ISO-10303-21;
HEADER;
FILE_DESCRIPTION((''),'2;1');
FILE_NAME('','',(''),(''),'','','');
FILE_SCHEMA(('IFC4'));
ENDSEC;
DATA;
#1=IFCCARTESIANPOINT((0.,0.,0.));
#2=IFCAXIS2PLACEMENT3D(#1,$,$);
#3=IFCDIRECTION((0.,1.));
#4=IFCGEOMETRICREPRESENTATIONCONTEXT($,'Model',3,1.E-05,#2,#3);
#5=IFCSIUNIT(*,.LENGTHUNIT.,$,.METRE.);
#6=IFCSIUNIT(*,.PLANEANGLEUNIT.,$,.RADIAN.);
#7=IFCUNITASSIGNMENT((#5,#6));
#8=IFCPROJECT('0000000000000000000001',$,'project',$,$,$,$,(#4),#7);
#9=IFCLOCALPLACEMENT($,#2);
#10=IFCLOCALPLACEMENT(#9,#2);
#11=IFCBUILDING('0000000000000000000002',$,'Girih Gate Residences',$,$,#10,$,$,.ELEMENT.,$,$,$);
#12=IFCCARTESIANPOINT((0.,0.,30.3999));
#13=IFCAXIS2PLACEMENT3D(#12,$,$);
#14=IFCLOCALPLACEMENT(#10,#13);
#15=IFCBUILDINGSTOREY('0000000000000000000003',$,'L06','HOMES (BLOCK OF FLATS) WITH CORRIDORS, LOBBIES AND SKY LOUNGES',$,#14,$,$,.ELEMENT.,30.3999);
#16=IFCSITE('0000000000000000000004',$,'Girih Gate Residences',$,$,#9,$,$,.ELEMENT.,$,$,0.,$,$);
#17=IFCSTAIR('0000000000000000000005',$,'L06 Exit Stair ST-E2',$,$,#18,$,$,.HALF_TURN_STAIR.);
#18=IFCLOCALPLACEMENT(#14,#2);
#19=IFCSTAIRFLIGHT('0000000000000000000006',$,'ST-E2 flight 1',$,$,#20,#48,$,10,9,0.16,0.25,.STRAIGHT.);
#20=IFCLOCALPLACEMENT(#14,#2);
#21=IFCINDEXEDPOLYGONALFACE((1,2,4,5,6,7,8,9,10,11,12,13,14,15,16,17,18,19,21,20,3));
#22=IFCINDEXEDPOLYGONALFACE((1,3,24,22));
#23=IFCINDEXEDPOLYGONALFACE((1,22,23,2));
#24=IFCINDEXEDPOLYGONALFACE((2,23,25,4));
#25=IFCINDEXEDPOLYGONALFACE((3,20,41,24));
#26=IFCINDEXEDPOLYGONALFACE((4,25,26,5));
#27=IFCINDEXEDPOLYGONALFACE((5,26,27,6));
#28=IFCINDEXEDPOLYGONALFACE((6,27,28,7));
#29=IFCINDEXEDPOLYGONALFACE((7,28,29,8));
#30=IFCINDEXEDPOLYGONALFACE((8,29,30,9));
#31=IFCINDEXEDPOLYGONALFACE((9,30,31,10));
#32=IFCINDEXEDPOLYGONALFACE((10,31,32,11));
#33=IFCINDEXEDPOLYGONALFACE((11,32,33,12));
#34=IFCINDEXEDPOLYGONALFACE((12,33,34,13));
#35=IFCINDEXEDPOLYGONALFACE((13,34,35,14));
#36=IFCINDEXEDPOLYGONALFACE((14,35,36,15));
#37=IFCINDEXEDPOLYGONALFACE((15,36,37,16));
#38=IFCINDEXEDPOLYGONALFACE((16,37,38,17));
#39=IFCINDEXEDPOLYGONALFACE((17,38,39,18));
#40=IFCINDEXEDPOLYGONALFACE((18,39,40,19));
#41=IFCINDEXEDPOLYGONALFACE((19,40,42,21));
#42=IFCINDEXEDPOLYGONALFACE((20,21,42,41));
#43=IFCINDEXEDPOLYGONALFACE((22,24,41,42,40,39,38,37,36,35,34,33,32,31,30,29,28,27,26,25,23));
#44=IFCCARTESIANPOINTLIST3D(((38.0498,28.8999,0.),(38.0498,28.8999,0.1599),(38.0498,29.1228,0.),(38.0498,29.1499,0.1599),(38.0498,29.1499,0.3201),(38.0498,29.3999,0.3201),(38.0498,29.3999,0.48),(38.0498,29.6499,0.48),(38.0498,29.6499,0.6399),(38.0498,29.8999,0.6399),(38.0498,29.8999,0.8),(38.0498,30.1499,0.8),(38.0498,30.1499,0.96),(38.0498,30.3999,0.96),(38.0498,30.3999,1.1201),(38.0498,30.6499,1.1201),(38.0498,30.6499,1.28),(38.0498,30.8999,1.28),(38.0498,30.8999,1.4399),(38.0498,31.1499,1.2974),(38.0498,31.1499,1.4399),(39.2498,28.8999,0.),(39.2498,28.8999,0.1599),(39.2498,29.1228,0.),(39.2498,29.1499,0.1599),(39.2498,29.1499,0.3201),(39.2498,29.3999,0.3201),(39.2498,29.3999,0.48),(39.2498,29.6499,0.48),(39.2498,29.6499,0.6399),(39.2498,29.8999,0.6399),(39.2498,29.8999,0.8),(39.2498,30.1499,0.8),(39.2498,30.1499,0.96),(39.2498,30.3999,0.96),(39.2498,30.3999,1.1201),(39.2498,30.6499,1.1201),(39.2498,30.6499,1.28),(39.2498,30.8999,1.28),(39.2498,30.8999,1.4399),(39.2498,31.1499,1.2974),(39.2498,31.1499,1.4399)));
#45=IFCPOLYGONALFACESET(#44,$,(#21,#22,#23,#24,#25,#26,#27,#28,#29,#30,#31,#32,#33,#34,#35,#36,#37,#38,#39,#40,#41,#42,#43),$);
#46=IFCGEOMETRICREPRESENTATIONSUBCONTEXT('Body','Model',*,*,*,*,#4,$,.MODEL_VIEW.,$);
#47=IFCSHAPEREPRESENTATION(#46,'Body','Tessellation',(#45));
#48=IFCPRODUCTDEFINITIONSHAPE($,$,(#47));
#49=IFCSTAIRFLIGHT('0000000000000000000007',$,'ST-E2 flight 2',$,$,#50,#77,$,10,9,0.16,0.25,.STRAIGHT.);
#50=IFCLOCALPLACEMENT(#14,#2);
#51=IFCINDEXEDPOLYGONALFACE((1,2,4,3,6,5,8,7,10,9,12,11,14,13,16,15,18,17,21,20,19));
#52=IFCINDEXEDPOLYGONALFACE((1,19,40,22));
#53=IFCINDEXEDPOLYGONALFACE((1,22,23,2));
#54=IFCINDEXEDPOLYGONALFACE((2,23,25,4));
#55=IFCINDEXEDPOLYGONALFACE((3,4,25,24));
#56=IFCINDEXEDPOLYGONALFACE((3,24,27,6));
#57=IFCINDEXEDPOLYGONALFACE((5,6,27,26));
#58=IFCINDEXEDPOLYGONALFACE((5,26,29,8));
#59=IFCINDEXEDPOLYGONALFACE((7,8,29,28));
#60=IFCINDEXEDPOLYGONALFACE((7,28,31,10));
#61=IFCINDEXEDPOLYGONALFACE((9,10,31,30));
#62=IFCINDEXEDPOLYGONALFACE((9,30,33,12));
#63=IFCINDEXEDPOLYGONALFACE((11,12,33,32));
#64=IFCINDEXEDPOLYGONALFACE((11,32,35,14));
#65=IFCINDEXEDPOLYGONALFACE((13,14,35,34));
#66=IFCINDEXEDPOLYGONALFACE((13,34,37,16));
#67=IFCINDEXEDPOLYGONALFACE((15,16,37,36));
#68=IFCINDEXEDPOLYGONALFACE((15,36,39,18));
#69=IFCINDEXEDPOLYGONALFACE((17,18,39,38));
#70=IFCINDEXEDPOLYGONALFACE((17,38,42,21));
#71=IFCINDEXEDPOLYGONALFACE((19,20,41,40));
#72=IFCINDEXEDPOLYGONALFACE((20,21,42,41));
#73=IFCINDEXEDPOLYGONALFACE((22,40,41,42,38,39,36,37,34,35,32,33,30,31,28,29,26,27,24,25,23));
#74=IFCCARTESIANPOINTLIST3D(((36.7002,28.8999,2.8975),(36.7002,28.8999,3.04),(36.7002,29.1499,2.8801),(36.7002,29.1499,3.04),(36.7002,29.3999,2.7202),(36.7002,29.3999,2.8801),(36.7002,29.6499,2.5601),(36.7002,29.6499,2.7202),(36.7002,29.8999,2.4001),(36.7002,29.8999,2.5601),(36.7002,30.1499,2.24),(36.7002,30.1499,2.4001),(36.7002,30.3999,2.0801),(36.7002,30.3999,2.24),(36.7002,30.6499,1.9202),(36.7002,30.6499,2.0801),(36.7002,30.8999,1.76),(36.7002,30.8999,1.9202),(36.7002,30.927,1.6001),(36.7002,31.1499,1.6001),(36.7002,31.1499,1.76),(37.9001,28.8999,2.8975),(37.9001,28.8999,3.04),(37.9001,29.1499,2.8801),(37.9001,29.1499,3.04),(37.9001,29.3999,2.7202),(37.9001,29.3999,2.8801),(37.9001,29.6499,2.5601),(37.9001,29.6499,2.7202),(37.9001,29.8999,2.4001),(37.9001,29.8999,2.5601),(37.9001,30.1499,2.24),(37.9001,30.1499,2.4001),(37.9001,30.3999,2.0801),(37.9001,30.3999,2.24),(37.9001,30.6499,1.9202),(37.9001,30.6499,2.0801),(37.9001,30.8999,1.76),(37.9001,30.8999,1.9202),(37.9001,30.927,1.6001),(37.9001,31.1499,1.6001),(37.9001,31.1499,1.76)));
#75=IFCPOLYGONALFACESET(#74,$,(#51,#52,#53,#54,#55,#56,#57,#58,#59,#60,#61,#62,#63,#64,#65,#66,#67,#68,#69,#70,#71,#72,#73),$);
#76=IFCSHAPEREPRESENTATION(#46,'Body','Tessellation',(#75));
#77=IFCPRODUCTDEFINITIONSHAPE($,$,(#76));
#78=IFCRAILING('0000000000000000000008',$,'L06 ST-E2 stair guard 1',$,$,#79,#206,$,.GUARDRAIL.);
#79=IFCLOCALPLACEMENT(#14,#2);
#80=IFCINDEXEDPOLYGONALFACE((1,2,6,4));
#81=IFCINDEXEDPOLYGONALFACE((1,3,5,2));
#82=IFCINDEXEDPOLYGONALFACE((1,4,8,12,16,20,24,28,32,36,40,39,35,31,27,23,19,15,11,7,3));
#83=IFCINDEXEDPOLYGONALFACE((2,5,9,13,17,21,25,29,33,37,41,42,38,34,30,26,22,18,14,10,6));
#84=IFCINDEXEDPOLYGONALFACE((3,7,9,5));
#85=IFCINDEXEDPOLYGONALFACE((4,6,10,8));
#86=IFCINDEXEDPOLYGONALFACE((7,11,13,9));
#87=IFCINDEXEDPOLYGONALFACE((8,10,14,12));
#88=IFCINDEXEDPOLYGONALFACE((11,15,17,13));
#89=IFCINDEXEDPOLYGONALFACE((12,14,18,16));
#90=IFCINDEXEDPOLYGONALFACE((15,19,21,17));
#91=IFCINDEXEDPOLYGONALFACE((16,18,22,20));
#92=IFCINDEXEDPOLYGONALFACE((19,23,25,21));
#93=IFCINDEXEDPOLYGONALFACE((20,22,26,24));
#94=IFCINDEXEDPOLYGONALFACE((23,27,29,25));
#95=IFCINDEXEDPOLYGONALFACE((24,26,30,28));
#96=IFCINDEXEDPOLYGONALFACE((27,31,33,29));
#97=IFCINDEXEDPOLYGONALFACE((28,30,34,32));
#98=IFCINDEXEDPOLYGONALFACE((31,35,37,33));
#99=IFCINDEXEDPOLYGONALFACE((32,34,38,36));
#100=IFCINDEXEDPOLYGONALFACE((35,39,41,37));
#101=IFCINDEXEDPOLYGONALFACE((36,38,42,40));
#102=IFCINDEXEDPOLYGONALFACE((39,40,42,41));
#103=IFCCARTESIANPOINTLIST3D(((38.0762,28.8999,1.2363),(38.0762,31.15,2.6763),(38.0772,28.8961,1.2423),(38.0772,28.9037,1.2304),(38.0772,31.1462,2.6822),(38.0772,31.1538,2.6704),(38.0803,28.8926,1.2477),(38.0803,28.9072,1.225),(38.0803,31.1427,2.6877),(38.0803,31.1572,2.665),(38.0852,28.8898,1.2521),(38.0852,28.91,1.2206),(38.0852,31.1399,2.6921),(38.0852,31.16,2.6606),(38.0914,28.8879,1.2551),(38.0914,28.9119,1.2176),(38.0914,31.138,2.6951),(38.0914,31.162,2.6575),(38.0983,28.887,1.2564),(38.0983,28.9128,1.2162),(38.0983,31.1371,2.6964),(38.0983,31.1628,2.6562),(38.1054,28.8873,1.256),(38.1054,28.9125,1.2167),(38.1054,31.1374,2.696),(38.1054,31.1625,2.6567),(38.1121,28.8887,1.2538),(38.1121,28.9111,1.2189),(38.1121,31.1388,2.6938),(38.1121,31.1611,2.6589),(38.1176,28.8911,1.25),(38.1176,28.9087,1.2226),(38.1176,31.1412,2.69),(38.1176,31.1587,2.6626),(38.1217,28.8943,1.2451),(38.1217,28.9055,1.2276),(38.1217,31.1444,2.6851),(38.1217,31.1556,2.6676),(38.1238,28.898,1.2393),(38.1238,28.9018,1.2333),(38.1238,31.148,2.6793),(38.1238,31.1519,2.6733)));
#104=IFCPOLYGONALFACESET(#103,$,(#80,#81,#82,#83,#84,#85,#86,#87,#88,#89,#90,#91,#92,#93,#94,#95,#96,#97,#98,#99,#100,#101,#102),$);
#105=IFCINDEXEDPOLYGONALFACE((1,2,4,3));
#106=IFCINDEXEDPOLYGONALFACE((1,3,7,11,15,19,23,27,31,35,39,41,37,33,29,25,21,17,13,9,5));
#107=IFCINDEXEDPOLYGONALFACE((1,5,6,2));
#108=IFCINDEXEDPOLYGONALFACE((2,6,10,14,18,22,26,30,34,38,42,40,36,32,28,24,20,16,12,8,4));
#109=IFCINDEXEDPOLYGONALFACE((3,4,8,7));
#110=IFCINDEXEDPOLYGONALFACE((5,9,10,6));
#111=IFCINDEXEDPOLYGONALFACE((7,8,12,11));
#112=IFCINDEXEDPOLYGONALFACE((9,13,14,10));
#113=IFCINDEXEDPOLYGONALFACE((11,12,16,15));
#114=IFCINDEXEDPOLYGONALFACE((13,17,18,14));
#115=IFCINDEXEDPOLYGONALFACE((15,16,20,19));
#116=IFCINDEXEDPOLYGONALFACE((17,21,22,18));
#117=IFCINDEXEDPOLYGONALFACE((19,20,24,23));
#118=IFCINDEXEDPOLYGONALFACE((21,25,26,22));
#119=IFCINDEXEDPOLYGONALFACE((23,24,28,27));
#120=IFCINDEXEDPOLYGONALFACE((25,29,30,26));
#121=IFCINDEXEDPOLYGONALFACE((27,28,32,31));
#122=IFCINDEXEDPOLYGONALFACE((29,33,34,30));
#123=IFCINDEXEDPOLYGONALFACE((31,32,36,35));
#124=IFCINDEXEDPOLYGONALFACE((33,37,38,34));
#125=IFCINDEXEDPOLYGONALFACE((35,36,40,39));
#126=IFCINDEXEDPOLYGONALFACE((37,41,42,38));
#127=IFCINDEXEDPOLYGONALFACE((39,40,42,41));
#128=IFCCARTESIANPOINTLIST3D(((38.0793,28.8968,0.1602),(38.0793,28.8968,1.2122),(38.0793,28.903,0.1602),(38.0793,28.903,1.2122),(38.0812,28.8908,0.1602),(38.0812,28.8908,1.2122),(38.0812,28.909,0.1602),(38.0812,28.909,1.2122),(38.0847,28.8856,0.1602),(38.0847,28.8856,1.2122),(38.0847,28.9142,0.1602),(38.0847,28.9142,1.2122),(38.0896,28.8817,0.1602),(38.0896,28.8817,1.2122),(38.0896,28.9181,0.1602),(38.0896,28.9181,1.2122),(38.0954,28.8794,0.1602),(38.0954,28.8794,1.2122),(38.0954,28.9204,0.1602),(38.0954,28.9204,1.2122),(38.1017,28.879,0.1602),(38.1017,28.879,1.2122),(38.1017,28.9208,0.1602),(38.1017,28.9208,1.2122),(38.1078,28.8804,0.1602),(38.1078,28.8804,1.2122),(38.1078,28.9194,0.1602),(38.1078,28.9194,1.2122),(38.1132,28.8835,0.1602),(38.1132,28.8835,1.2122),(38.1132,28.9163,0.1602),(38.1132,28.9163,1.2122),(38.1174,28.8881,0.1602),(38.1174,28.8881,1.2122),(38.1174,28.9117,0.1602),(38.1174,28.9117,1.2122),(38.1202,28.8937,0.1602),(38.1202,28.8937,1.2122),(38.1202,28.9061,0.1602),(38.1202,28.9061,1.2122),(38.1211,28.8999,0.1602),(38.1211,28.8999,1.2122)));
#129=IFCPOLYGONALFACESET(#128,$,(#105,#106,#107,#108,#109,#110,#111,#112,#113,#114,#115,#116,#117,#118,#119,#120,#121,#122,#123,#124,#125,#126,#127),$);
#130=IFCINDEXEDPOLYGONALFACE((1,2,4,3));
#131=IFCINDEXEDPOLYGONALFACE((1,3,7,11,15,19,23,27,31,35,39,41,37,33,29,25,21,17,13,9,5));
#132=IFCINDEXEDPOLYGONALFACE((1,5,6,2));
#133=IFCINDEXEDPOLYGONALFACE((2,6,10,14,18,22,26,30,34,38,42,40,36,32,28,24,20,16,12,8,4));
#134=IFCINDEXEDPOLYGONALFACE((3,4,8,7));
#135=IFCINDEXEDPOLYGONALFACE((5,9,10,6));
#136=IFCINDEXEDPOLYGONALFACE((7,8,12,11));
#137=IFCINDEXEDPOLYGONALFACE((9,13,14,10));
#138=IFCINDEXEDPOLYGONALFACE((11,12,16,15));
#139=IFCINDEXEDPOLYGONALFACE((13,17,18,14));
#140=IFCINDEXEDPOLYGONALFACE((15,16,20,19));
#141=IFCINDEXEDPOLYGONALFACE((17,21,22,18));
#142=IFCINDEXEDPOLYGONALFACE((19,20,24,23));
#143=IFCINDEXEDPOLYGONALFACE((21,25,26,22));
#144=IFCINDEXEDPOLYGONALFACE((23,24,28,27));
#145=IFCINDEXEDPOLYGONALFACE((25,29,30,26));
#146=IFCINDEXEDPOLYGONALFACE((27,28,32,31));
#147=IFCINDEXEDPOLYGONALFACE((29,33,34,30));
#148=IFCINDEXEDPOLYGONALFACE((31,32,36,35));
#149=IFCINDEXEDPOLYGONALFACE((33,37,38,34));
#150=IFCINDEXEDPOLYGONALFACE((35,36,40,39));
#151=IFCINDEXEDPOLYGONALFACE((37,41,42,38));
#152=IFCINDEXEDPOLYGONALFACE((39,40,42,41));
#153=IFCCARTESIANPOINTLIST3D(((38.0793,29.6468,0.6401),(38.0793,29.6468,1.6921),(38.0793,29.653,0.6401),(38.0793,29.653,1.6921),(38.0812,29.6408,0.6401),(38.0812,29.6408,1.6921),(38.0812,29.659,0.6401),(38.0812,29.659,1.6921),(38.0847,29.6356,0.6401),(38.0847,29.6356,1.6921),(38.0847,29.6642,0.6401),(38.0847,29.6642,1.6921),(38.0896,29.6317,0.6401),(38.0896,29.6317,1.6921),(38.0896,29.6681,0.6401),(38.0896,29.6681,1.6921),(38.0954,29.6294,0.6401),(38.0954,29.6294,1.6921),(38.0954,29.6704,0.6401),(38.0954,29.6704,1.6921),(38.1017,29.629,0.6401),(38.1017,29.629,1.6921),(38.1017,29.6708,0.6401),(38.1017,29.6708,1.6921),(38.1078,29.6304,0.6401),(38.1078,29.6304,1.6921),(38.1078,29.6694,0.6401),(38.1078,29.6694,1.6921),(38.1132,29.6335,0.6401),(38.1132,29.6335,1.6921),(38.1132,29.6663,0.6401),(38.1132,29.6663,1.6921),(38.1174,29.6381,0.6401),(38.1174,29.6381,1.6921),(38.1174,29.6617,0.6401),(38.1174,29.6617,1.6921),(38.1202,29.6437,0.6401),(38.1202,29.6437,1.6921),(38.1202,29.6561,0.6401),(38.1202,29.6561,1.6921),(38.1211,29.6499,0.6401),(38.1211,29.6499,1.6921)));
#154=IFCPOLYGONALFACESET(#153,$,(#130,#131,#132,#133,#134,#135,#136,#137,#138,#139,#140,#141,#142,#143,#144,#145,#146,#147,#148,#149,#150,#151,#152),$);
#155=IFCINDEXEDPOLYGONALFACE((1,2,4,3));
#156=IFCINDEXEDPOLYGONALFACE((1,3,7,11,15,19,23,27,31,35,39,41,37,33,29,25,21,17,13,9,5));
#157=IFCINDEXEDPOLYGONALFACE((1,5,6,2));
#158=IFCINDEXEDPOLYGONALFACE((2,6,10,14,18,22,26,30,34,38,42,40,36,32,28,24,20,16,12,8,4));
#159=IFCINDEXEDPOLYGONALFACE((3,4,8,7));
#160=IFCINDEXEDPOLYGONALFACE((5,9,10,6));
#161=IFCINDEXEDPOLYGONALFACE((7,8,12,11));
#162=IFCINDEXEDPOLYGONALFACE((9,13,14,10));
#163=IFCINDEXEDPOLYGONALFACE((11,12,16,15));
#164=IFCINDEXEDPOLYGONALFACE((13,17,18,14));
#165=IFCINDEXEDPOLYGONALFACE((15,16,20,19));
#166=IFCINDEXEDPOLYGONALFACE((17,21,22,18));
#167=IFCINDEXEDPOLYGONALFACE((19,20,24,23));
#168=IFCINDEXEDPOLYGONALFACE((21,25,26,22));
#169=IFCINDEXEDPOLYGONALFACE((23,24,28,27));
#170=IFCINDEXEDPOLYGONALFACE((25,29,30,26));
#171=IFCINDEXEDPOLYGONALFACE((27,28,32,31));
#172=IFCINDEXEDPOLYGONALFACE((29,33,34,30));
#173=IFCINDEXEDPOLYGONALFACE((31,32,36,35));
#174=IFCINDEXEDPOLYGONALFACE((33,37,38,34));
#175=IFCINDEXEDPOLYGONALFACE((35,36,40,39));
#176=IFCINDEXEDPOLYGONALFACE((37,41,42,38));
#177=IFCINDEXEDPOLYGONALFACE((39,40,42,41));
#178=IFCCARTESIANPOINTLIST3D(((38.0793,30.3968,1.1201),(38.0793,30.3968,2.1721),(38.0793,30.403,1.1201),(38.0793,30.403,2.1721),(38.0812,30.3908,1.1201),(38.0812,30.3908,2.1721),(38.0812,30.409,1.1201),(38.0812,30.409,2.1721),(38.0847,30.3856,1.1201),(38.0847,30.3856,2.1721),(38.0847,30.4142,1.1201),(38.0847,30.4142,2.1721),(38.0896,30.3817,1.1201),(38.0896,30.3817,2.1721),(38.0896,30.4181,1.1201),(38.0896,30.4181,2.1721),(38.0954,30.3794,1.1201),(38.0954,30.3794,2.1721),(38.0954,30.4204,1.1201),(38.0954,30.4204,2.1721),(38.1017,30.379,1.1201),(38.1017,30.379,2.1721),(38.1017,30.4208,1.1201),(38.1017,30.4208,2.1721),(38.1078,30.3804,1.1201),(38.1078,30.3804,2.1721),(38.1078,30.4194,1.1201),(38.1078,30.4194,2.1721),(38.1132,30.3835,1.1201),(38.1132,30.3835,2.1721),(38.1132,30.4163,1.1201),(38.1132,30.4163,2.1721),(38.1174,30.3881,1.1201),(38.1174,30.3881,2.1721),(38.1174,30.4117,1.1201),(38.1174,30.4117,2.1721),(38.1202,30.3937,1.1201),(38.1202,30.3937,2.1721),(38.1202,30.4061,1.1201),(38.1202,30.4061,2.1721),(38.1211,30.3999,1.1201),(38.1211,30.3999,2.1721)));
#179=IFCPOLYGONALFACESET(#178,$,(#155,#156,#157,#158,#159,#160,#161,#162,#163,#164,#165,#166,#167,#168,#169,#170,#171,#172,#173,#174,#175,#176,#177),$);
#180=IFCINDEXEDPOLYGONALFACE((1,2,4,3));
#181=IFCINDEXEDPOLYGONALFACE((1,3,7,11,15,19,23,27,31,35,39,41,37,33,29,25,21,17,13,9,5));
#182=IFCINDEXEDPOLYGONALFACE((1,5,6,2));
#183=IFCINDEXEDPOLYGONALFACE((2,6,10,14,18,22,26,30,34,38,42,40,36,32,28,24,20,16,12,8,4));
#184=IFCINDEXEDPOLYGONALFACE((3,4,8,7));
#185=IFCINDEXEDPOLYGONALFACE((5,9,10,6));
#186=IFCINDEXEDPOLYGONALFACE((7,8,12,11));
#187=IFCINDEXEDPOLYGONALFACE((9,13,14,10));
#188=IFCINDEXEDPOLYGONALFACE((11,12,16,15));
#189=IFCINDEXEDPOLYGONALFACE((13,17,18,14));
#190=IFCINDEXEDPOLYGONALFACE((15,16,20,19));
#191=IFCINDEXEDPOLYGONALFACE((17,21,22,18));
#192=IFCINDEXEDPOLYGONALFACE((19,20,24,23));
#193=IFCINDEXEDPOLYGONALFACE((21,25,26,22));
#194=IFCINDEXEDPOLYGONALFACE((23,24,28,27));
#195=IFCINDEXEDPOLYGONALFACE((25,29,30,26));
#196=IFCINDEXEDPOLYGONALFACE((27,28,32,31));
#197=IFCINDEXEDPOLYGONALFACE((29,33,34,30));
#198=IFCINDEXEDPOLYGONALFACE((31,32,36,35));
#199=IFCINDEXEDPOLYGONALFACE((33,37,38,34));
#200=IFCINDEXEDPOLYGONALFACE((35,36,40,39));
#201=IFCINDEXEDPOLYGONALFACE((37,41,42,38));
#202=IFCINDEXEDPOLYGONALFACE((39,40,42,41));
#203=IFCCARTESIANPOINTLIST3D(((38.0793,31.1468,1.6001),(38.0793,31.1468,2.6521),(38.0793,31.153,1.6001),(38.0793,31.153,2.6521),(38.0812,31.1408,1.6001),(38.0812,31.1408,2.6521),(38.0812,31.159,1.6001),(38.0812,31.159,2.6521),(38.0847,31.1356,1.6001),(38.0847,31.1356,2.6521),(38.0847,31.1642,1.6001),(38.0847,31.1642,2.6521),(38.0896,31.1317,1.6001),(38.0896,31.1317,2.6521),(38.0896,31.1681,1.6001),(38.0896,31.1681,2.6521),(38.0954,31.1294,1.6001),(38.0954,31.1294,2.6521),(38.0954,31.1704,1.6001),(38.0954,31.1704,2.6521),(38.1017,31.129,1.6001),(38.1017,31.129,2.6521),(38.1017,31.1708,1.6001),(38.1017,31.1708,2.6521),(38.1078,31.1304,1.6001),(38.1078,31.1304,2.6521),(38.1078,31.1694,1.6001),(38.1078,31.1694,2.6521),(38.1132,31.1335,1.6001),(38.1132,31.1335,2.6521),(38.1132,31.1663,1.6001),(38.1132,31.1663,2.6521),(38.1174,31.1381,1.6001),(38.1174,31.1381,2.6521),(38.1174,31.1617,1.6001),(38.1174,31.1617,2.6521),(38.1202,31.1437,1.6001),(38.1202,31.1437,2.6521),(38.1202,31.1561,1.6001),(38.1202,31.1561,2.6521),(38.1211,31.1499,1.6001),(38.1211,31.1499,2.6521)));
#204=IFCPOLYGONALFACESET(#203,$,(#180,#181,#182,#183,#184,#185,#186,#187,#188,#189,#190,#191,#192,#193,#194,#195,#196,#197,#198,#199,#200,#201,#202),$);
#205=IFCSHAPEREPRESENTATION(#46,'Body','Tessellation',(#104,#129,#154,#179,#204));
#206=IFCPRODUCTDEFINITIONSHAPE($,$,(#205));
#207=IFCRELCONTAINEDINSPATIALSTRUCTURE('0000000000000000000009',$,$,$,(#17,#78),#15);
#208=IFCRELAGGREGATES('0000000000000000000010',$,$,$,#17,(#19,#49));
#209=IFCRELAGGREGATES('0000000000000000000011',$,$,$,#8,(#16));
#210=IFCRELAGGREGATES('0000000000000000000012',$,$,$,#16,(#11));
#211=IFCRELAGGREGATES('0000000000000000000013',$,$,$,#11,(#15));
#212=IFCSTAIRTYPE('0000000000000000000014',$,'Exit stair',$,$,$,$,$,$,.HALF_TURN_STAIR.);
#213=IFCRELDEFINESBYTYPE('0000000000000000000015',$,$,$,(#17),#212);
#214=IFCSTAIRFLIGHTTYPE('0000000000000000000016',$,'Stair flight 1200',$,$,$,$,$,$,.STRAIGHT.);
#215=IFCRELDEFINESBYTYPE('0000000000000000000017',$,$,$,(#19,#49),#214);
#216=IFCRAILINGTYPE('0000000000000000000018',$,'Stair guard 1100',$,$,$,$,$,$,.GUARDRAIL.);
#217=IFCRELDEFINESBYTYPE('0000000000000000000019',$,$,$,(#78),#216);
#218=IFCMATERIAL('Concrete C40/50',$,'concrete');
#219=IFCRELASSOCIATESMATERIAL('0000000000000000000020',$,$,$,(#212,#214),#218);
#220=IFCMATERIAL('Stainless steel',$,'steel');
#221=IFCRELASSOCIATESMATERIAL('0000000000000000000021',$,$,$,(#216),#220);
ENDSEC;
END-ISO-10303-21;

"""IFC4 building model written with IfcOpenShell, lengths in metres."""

from ifc_helpers import new_model, si_unit, direction, frame, origin, origin_2d, place, context, subcontext, project, spatial, polyline, circle, outline, extrude, material, type_object, element, aggregate, save


model = new_model("IFC4")

# Units and contexts
model_context = context("Model", 3, precision=1e-05, world=origin(), true_north=direction((0.0, 1.0)))
body_context = subcontext(model_context, "Body", "Model", "MODEL_VIEW")
ifc_project = project(units=[si_unit("LENGTHUNIT", "METRE"), si_unit("PLANEANGLEUNIT", "RADIAN")], contexts=[model_context])

# Site, building, storey
site_placement = place(None, origin())
site = spatial("IfcSite", under=ifc_project, at=site_placement, Name="Girih Gate Residences", CompositionType="ELEMENT", RefElevation=0.0)
building_placement = place(site_placement, origin())
building = spatial("IfcBuilding", under=site, at=building_placement, Name="Girih Gate Residences", CompositionType="ELEMENT")
storey_placement = place(building_placement, frame((0.0, 0.0, 30.3999)))
storey = spatial("IfcBuildingStorey", under=building, at=storey_placement, Name="L06", Description="HOMES (BLOCK OF FLATS) WITH CORRIDORS, LOBBIES AND SKY LOUNGES", CompositionType="ELEMENT", Elevation=30.3999)

# Shared definitions
ifc_material_1 = material(Name="Concrete C40/50", Category="concrete")

# Shared definitions
ifc_material_2 = material(Name="Stainless steel", Category="steel")

# Stair, stair flights
stair_type = type_object("IfcStairType", Name="Exit stair", PredefinedType="HALF_TURN_STAIR", material=ifc_material_1)
stair_placement = place(storey_placement, origin())
stair = element("IfcStair", 1, at=stair_placement, inside=storey, type_object=stair_type, Name="L06 Exit Stair ST-E2", PredefinedType="HALF_TURN_STAIR")
stair_flight_type = type_object("IfcStairFlightType", Name="Stair flight 1200", PredefinedType="STRAIGHT", material=ifc_material_1)
stair_flight_1_placement = place(storey_placement, frame((38.6499, 28.8999, 0.0), z_axis=(0.0, 0.0, 1.0), x_axis=(0.0, 1.0, 0.0)))
stair_flight_1 = element("IfcStairFlight", 2, at=stair_flight_1_placement, type_object=stair_flight_type, Name="ST-E2 flight 1", NumberOfRisers=10, NumberOfTreads=9, PredefinedType="STRAIGHT", RiserHeight=0.16, TreadLength=0.25, context=body_context, shape_type="SweptSolid", body=[
    extrude(outline(polyline([(0.0, 0.0), (0.0, 0.1599), (0.25, 0.1599), (0.25, 0.3201), (0.5, 0.3201), (0.5, 0.48), (0.75, 0.48), (0.75, 0.6399), (1.0, 0.6399), (1.0, 0.8), (1.25, 0.8), (1.25, 0.96), (1.5, 0.96), (1.5, 1.1201), (1.75, 1.1201), (1.75, 1.28), (2.0, 1.28), (2.0, 1.4399), (2.25, 1.4399), (2.25, 1.6001), (2.25, 1.2974), (0.2229, 0.0), (0.0, 0.0)])), frame((0.0, 0.6001, 0.0), z_axis=(0.0, -1.0, 0.0), x_axis=(1.0, 0.0, 0.0)), (0.0, 0.0, 1.0), 1.2),
])
stair_flight_2_placement = place(storey_placement, frame((37.3, 31.1499, 1.6001), z_axis=(0.0, 0.0, 1.0), x_axis=(0.0, -1.0, 0.0)))
stair_flight_2 = element("IfcStairFlight", 3, at=stair_flight_2_placement, type_object=stair_flight_type, Name="ST-E2 flight 2", NumberOfRisers=10, NumberOfTreads=9, PredefinedType="STRAIGHT", RiserHeight=0.16, TreadLength=0.25, context=body_context, shape_type="SweptSolid", body=[
    extrude(outline(polyline([(0.0, 0.0), (0.0, 0.1599), (0.25, 0.1599), (0.25, 0.3201), (0.5, 0.3201), (0.5, 0.48), (0.75, 0.48), (0.75, 0.6399), (1.0, 0.6399), (1.0, 0.8), (1.25, 0.8), (1.25, 0.96), (1.5, 0.96), (1.5, 1.1201), (1.75, 1.1201), (1.75, 1.28), (2.0, 1.28), (2.0, 1.4399), (2.25, 1.4399), (2.25, 1.6001), (2.25, 1.2974), (0.2229, 0.0), (0.0, 0.0)])), frame((0.0, 0.6001, 0.0), z_axis=(0.0, -1.0, 0.0), x_axis=(1.0, 0.0, 0.0)), (0.0, 0.0, 1.0), 1.2),
])
aggregate(stair, [stair_flight_1, stair_flight_2])

# Railing
railing_type_1 = type_object("IfcRailingType", Name="Stair guard 1100", PredefinedType="GUARDRAIL", material=ifc_material_2)
railing_1_placement = place(storey_placement, frame((38.1001, 28.8999, 0.1602)))
element("IfcRailing", 4, at=railing_1_placement, inside=storey, type_object=railing_type_1, Name="L06 ST-E2 stair guard 1", PredefinedType="GUARDRAIL", context=body_context, shape_type="SweptSolid", body=[
    extrude(circle(Radius=0.0239, at=origin_2d()), frame((0.0, 0.0, 1.0762), z_axis=(0.0, 0.842281, 0.539038), x_axis=(-1.0, 0.0, 0.0)), (0.0, 0.0, 1.0), 2.6714),
    extrude(circle(Radius=0.021, at=origin_2d()), origin(), (0.0, 0.0, 1.0), 1.052),
    extrude(circle(Radius=0.021, at=origin_2d()), frame((0.0, 0.75, 0.48)), (0.0, 0.0, 1.0), 1.052),
    extrude(circle(Radius=0.021, at=origin_2d()), frame((0.0, 1.5, 0.96)), (0.0, 0.0, 1.0), 1.052),
    extrude(circle(Radius=0.021, at=origin_2d()), frame((0.0, 2.25, 1.4399)), (0.0, 0.0, 1.0), 1.052),
])

save(model, "model.ifc")
